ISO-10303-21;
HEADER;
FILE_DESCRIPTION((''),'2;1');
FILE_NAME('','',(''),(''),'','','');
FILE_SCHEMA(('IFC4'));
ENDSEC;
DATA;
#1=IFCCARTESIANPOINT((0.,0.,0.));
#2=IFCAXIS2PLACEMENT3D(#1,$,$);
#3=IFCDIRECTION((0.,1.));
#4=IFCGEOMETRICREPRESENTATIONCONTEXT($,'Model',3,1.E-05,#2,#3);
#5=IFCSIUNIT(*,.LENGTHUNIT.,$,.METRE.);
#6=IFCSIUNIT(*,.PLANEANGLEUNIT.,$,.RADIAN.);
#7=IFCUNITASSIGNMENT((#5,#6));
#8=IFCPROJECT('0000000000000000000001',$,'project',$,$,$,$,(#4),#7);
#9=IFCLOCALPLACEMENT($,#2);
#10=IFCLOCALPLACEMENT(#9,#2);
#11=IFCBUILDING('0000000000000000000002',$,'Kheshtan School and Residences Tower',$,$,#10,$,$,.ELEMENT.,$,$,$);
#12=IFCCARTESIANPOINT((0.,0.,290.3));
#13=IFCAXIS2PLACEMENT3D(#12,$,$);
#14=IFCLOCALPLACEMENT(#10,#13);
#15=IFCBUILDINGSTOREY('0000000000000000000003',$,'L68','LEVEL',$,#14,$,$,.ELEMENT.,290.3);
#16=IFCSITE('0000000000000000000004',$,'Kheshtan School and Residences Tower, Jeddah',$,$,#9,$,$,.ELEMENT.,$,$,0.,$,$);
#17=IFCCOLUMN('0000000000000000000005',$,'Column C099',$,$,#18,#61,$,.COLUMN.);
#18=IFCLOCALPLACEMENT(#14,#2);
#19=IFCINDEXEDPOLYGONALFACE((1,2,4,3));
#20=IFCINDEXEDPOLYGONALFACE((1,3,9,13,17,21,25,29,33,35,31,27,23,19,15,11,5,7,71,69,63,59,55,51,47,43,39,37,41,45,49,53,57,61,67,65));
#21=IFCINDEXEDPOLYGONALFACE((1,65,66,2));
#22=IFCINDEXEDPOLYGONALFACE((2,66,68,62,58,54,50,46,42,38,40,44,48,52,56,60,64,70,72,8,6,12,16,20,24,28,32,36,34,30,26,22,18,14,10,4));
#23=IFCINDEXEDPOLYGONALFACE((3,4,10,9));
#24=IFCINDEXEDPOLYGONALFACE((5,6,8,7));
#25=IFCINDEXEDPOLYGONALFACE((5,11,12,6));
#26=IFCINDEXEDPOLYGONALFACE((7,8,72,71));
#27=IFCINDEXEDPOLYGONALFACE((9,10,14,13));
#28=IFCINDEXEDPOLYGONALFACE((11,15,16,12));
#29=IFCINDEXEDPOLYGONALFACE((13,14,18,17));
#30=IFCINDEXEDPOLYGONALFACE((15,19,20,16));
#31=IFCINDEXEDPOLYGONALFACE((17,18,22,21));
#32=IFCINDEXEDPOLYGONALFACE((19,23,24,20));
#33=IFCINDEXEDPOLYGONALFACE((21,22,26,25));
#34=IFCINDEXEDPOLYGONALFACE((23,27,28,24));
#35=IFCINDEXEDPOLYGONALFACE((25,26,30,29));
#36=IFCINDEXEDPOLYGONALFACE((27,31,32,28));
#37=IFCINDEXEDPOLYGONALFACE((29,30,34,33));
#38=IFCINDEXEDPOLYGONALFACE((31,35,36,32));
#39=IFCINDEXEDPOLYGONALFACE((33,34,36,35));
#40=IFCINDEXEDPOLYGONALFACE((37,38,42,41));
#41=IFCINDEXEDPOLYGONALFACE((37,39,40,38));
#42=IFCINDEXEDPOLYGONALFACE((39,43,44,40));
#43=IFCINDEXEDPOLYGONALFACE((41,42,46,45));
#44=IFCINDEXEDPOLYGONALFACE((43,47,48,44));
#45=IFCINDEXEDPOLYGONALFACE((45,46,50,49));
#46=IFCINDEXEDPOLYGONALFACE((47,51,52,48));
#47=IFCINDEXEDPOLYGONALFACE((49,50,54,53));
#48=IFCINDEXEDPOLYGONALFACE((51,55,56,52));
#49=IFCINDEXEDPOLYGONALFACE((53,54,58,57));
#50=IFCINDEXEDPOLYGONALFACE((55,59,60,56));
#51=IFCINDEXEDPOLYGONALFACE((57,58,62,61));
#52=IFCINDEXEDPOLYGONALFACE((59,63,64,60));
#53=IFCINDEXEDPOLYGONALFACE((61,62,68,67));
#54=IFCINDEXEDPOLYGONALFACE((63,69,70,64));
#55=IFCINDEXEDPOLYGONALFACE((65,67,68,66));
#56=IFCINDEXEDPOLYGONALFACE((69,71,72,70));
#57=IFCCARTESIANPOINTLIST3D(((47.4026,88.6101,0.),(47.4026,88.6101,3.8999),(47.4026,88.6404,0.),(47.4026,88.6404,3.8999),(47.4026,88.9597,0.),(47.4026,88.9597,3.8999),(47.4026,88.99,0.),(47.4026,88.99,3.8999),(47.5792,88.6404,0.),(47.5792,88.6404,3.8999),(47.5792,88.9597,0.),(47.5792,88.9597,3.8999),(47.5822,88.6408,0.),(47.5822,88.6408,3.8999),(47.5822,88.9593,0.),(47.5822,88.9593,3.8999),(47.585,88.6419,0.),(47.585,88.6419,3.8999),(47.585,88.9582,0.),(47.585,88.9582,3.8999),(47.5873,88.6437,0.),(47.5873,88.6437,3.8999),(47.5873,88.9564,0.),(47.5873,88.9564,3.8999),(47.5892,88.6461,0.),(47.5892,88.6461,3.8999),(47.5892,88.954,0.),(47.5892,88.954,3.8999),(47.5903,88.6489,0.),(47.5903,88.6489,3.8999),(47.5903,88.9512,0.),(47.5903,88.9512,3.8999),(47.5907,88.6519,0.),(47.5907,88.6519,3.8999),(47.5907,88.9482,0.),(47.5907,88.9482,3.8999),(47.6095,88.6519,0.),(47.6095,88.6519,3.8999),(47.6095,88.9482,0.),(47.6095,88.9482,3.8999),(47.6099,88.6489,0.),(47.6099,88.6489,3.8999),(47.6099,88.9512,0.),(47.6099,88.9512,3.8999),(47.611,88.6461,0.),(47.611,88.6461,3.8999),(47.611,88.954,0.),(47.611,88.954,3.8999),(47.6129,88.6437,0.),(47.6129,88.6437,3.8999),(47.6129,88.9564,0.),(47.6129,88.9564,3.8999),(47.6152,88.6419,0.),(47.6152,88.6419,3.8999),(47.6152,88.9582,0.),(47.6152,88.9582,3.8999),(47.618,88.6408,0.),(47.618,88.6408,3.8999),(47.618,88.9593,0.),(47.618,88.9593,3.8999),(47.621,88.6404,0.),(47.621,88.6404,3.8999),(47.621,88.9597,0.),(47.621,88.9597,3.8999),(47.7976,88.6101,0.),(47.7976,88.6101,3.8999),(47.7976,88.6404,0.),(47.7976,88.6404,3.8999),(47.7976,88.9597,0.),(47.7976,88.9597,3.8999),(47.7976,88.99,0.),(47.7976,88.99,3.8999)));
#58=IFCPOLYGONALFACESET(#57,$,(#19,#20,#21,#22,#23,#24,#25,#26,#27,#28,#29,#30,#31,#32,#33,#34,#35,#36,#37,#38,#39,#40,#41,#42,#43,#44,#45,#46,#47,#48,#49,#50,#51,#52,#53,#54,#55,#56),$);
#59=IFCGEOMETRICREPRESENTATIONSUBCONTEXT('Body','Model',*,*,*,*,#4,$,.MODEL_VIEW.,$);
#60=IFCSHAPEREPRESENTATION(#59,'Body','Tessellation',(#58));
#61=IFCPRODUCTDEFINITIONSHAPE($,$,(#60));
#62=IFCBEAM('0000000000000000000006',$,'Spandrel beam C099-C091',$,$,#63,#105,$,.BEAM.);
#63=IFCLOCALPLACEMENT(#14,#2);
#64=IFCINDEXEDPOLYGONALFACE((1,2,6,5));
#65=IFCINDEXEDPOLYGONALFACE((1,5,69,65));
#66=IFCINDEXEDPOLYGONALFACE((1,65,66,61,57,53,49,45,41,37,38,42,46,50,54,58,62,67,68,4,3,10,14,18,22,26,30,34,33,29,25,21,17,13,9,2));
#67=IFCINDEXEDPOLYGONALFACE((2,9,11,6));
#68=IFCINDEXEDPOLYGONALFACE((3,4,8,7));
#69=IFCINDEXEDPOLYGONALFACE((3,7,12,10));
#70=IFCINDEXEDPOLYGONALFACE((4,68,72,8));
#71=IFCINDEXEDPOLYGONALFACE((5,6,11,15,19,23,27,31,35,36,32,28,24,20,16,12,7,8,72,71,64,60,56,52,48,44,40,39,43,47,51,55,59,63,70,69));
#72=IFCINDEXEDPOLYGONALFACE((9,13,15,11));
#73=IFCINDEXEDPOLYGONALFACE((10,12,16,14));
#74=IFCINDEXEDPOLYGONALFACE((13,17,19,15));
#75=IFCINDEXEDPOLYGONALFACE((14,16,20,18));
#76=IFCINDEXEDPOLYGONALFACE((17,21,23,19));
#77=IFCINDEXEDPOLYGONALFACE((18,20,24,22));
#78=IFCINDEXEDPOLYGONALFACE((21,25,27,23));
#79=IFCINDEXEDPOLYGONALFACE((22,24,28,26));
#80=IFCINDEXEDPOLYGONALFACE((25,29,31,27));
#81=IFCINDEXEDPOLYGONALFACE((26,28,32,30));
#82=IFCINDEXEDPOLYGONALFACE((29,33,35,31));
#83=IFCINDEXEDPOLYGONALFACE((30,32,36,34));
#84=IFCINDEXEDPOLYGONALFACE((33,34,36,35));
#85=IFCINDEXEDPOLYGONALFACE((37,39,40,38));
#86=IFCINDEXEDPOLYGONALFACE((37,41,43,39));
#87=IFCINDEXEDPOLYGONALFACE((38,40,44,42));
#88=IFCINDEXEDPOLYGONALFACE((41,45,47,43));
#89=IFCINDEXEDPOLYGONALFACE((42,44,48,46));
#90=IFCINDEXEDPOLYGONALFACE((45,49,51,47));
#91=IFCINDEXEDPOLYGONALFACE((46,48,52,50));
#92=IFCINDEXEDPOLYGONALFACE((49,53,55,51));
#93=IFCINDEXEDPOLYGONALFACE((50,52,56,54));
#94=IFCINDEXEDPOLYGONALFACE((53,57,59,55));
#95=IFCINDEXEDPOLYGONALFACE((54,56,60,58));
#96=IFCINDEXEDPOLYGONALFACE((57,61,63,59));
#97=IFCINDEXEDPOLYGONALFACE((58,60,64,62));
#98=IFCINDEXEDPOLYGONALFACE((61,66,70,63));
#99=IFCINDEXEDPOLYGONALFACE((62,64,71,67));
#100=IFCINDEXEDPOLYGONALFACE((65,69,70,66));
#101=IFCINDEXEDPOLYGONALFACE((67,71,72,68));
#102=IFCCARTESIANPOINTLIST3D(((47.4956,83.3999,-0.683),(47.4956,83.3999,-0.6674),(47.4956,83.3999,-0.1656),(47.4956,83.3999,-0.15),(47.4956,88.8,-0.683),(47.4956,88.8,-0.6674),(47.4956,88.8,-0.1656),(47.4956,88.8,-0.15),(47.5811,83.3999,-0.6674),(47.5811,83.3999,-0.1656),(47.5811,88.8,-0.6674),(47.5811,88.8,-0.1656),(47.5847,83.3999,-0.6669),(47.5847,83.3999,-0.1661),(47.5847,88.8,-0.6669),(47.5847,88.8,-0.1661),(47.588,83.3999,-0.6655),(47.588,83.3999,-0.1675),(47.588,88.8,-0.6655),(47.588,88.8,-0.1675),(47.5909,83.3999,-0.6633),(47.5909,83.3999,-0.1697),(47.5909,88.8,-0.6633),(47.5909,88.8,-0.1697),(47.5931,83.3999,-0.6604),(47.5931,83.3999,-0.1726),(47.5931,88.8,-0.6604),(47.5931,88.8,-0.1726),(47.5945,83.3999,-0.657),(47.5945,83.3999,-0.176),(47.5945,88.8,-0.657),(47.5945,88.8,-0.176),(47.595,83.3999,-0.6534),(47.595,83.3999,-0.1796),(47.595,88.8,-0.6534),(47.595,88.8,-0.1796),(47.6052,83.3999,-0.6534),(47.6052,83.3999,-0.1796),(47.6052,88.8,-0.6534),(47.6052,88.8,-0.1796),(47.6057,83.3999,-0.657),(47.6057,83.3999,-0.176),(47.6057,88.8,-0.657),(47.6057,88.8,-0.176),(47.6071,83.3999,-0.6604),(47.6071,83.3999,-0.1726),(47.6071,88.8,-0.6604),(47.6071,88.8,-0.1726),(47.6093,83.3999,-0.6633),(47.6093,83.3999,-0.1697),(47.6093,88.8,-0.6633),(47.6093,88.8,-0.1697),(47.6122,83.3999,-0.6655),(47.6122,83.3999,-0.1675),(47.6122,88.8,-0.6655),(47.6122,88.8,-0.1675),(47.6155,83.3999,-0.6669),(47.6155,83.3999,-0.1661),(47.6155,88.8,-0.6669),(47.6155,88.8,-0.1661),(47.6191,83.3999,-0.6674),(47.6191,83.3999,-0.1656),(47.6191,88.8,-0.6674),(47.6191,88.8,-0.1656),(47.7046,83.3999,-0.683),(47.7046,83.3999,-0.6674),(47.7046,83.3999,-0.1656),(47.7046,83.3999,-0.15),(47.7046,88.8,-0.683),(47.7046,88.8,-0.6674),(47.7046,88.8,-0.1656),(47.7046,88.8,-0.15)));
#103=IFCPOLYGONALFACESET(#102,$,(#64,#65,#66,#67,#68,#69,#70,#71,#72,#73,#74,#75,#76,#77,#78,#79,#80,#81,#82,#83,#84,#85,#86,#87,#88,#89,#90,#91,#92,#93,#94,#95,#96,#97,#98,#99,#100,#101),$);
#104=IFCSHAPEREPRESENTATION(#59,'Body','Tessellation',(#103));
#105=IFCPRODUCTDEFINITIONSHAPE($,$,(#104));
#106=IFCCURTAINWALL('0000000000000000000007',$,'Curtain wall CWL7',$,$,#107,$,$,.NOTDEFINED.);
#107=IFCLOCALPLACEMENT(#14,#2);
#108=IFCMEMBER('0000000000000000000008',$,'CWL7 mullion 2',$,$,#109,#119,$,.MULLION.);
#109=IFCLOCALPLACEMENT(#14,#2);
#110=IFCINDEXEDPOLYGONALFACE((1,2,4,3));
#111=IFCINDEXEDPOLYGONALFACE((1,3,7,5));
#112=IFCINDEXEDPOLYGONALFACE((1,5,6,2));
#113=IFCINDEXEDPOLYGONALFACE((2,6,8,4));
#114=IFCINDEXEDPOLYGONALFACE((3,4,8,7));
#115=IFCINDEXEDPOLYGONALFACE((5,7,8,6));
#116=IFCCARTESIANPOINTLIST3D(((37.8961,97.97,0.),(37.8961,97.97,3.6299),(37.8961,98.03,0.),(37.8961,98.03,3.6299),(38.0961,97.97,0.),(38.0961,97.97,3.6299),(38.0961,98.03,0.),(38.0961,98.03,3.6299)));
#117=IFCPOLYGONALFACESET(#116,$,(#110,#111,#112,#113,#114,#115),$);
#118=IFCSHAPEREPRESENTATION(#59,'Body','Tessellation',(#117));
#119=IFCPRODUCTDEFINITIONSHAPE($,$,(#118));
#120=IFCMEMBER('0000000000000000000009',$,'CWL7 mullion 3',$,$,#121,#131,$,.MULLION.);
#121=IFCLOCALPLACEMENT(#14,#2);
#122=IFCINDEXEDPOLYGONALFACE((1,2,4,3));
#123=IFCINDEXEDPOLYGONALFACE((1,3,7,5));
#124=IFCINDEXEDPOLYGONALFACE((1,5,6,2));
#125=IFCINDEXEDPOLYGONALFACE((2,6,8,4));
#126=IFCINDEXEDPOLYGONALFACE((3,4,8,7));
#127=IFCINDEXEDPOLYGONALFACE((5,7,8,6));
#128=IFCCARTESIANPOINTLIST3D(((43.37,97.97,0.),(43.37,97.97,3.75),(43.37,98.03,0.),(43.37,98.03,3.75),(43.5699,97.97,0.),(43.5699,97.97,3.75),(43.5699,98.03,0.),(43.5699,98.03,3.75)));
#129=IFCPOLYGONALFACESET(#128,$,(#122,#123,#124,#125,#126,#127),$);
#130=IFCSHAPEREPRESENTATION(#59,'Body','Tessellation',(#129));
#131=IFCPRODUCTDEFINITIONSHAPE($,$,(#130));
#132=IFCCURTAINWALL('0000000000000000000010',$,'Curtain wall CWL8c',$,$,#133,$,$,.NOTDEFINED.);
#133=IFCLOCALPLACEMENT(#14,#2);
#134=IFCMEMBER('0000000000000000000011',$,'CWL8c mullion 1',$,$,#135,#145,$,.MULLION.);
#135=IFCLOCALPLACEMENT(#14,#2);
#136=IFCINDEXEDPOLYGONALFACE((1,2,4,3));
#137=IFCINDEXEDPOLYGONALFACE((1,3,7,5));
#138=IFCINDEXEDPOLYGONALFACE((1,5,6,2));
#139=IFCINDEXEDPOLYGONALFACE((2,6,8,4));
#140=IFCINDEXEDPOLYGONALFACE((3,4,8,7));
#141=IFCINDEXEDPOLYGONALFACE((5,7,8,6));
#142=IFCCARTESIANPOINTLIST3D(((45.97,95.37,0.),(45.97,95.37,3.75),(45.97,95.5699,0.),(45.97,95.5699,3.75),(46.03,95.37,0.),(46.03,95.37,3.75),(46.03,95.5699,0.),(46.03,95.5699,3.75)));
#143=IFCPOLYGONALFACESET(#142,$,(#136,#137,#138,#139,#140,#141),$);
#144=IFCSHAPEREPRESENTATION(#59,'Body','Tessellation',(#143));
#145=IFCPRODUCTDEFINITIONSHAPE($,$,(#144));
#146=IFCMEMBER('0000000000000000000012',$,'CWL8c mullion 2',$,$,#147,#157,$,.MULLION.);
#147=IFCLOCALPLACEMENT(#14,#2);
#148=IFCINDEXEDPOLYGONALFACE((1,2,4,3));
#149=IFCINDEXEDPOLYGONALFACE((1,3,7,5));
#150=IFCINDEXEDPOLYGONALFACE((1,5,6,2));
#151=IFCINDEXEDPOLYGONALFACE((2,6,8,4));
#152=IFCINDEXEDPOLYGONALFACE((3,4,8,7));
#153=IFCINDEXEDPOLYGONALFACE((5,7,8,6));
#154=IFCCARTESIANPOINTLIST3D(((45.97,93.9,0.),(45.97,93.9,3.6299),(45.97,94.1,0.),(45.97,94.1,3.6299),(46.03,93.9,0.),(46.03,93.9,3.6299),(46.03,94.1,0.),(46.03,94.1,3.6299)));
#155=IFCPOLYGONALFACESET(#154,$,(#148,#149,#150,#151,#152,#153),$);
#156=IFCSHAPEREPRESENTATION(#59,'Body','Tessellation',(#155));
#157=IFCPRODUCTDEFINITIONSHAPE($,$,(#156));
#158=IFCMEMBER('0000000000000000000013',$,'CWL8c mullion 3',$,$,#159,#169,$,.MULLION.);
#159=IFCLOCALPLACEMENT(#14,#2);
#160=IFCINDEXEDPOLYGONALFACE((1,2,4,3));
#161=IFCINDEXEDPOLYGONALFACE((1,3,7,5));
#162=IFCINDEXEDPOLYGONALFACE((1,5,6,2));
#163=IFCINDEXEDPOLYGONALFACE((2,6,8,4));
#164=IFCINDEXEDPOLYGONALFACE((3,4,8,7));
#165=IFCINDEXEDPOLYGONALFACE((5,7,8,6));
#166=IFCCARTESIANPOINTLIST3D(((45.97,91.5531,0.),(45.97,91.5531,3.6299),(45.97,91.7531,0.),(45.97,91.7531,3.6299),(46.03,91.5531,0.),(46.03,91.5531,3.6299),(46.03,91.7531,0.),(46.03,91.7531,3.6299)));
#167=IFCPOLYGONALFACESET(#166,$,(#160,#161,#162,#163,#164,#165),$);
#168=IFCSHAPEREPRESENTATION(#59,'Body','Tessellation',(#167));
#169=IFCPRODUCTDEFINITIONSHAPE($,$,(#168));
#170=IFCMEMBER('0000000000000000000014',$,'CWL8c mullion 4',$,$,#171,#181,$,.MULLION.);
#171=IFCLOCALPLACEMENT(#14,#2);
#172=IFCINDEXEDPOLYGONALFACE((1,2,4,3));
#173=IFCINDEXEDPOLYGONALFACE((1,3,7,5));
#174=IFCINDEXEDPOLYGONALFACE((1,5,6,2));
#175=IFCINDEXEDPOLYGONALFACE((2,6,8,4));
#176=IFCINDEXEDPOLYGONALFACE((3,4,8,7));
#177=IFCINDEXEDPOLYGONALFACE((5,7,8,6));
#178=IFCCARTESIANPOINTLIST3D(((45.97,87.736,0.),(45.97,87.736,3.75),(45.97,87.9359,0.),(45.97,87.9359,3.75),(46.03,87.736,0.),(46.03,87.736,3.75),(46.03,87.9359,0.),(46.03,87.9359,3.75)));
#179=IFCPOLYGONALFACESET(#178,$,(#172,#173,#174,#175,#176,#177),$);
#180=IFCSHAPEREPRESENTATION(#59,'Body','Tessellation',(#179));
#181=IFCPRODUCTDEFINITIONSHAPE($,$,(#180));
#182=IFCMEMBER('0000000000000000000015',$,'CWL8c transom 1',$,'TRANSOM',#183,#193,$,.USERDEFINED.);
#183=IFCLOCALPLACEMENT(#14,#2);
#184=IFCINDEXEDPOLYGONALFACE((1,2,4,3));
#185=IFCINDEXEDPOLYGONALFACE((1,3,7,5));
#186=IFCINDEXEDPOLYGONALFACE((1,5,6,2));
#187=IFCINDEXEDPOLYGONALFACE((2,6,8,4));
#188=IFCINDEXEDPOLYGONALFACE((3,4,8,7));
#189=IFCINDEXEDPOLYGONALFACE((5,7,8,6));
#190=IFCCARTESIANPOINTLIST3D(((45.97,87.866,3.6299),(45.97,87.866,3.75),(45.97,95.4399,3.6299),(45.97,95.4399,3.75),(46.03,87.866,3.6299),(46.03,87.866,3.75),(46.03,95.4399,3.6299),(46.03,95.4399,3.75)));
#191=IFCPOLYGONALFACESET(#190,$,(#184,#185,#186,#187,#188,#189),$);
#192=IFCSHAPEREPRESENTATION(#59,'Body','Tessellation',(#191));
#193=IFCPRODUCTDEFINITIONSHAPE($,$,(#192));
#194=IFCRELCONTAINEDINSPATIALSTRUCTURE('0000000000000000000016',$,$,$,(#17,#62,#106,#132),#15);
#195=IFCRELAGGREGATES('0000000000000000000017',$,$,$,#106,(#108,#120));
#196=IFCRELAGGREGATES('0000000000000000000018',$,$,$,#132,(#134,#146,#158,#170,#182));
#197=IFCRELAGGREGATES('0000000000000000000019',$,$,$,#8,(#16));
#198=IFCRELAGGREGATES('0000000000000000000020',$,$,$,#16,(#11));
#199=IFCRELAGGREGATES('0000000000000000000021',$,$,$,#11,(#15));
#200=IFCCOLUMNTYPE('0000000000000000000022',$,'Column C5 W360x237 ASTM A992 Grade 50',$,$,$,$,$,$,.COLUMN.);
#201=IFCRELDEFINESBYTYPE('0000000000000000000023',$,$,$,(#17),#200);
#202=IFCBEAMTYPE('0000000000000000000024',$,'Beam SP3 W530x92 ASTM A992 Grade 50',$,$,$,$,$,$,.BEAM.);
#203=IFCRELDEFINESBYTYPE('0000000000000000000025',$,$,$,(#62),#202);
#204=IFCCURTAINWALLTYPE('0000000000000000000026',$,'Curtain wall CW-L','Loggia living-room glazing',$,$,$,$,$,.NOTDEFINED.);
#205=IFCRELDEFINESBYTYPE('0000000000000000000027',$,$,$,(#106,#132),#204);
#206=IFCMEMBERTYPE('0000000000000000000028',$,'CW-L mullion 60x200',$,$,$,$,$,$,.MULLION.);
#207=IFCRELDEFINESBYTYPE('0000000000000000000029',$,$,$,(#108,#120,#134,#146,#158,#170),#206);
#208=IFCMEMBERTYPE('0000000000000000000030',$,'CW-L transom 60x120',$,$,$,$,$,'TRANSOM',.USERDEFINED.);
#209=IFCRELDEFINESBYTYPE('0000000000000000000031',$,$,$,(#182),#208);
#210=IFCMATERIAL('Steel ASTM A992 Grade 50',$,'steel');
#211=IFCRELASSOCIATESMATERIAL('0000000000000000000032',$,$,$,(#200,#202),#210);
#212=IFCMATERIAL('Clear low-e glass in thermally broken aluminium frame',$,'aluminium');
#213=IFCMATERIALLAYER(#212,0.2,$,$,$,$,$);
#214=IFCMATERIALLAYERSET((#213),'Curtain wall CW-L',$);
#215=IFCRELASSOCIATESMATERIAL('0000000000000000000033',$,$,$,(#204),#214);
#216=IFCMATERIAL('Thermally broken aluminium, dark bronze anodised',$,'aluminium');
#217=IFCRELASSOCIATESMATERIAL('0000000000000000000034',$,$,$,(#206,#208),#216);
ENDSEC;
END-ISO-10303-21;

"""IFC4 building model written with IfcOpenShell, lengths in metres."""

from ifc_helpers import new_model, si_unit, direction, frame, origin, origin_2d, place, context, subcontext, project, spatial, rectangle, i_section, extrude, material, layer, layer_set, material_profile, profile_set, type_object, element, aggregate, save


model = new_model("IFC4")

# Units and contexts
model_context = context("Model", 3, precision=1e-05, world=origin(), true_north=direction((0.0, 1.0)))
body_context = subcontext(model_context, "Body", "Model", "MODEL_VIEW")
ifc_project = project(units=[si_unit("LENGTHUNIT", "METRE"), si_unit("PLANEANGLEUNIT", "RADIAN")], contexts=[model_context])

# Site, building, storey
site_placement = place(None, origin())
site = spatial("IfcSite", under=ifc_project, at=site_placement, Name="Kheshtan School and Residences Tower, Jeddah", CompositionType="ELEMENT", RefElevation=0.0)
building_placement = place(site_placement, origin())
building = spatial("IfcBuilding", under=site, at=building_placement, Name="Kheshtan School and Residences Tower", CompositionType="ELEMENT")
storey_placement = place(building_placement, frame((0.0, 0.0, 290.3)))
storey = spatial("IfcBuildingStorey", under=building, at=storey_placement, Name="L68", Description="LEVEL", CompositionType="ELEMENT", Elevation=290.3)

# Column
ifc_material_1 = material(Name="Steel ASTM A992 Grade 50", Category="steel")
ifc_material_profile_1 = material_profile(ifc_material_1, i_section(OverallWidth=0.395, OverallDepth=0.3799, WebThickness=0.0188, FlangeThickness=0.0303, FilletRadius=0.0115, at=origin_2d()), Name="W360x237")
ifc_profile_set_1 = profile_set([ifc_material_profile_1], Name="Steel ASTM A992 Grade 50")
column_type = type_object("IfcColumnType", Name="Column C5 W360x237 ASTM A992 Grade 50", PredefinedType="COLUMN", material=ifc_profile_set_1)
column_placement = place(storey_placement, frame((47.6001, 88.8, 0.0), z_axis=(0.0, 0.0, 1.0), x_axis=(1.0, 0.0, 0.0)))
element("IfcColumn", 1, at=column_placement, inside=storey, type_object=column_type, Name="Column C099", PredefinedType="COLUMN", context=body_context, shape_type="SweptSolid", body=[
    extrude(i_section(OverallWidth=0.395, OverallDepth=0.3799, WebThickness=0.0188, FlangeThickness=0.0303, FilletRadius=0.0115, at=origin_2d()), origin(), (0.0, 0.0, 1.0), 3.8999),
])

# Beam
ifc_material_profile_2 = material_profile(ifc_material_1, i_section(OverallWidth=0.209, OverallDepth=0.533, WebThickness=0.0103, FlangeThickness=0.0156, FilletRadius=0.0139, at=origin_2d()), Name="W530x92")
ifc_profile_set_2 = profile_set([ifc_material_profile_2], Name="Steel ASTM A992 Grade 50")
beam_type = type_object("IfcBeamType", Name="Beam SP3 W530x92 ASTM A992 Grade 50", PredefinedType="BEAM", material=ifc_profile_set_2)
beam_placement = place(storey_placement, frame((47.6001, 88.8, -0.4165), z_axis=(0.0, -1.0, 0.0), x_axis=(1.0, 0.0, 0.0)))
element("IfcBeam", 2, at=beam_placement, inside=storey, type_object=beam_type, Name="Spandrel beam C099-C091", PredefinedType="BEAM", context=body_context, shape_type="SweptSolid", body=[
    extrude(i_section(OverallWidth=0.209, OverallDepth=0.533, WebThickness=0.0103, FlangeThickness=0.0156, FilletRadius=0.0139, at=origin_2d()), origin(), (0.0, 0.0, 1.0), 5.4001),
])

# Curtain walls, members
ifc_material_2 = material(Name="Clear low-e glass in thermally broken aluminium frame", Category="aluminium")
ifc_layer_1 = layer(ifc_material_2, 0.2)
ifc_layer_set_1 = layer_set([ifc_layer_1], Name="Curtain wall CW-L")
curtain_wall_type = type_object("IfcCurtainWallType", Name="Curtain wall CW-L", Description="Loggia living-room glazing", PredefinedType="NOTDEFINED", material=ifc_layer_set_1)
curtain_wall_1_placement = place(storey_placement, origin())
curtain_wall_1 = element("IfcCurtainWall", 3, at=curtain_wall_1_placement, inside=storey, type_object=curtain_wall_type, Name="Curtain wall CWL7", PredefinedType="NOTDEFINED")
ifc_material_3 = material(Name="Thermally broken aluminium, dark bronze anodised", Category="aluminium")
ifc_material_profile_3 = material_profile(ifc_material_3, rectangle(XDim=0.0601, YDim=0.2, at=origin_2d()), Name="CW-L mullion 60x200")
ifc_profile_set_3 = profile_set([ifc_material_profile_3], Name="Thermally broken aluminium, dark bronze anodised")
member_type_1 = type_object("IfcMemberType", Name="CW-L mullion 60x200", PredefinedType="MULLION", material=ifc_profile_set_3)
member_1_placement = place(storey_placement, frame((37.9961, 98.0, 0.0), z_axis=(0.0, 0.0, 1.0), x_axis=(0.0, 1.0, 0.0)))
member_1 = element("IfcMember", 4, at=member_1_placement, type_object=member_type_1, Name="CWL7 mullion 2", PredefinedType="MULLION", context=body_context, shape_type="SweptSolid", body=[
    extrude(rectangle(XDim=0.0601, YDim=0.2, at=origin_2d()), origin(), (0.0, 0.0, 1.0), 3.6299),
])
member_2_placement = place(storey_placement, frame((43.47, 98.0, 0.0), z_axis=(0.0, 0.0, 1.0), x_axis=(0.0, 1.0, 0.0)))
member_2 = element("IfcMember", 5, at=member_2_placement, type_object=member_type_1, Name="CWL7 mullion 3", PredefinedType="MULLION", context=body_context, shape_type="SweptSolid", body=[
    extrude(rectangle(XDim=0.0601, YDim=0.2, at=origin_2d()), origin(), (0.0, 0.0, 1.0), 3.75),
])
curtain_wall_2_placement = place(storey_placement, origin())
curtain_wall_2 = element("IfcCurtainWall", 6, at=curtain_wall_2_placement, inside=storey, type_object=curtain_wall_type, Name="Curtain wall CWL8c", PredefinedType="NOTDEFINED")
member_3_placement = place(storey_placement, frame((46.0, 95.47, 0.0), z_axis=(0.0, 0.0, 1.0), x_axis=(1.0, 0.0, 0.0)))
member_3 = element("IfcMember", 7, at=member_3_placement, type_object=member_type_1, Name="CWL8c mullion 1", PredefinedType="MULLION", context=body_context, shape_type="SweptSolid", body=[
    extrude(rectangle(XDim=0.0601, YDim=0.2, at=origin_2d()), origin(), (0.0, 0.0, 1.0), 3.75),
])
member_4_placement = place(storey_placement, frame((46.0, 94.0, 0.0), z_axis=(0.0, 0.0, 1.0), x_axis=(1.0, 0.0, 0.0)))
member_4 = element("IfcMember", 8, at=member_4_placement, type_object=member_type_1, Name="CWL8c mullion 2", PredefinedType="MULLION", context=body_context, shape_type="SweptSolid", body=[
    extrude(rectangle(XDim=0.0601, YDim=0.2, at=origin_2d()), origin(), (0.0, 0.0, 1.0), 3.6299),
])
member_5_placement = place(storey_placement, frame((46.0, 91.6531, 0.0), z_axis=(0.0, 0.0, 1.0), x_axis=(1.0, 0.0, 0.0)))
member_5 = element("IfcMember", 9, at=member_5_placement, type_object=member_type_1, Name="CWL8c mullion 3", PredefinedType="MULLION", context=body_context, shape_type="SweptSolid", body=[
    extrude(rectangle(XDim=0.0601, YDim=0.2, at=origin_2d()), origin(), (0.0, 0.0, 1.0), 3.6299),
])
member_6_placement = place(storey_placement, frame((46.0, 87.8359, 0.0), z_axis=(0.0, 0.0, 1.0), x_axis=(1.0, 0.0, 0.0)))
member_6 = element("IfcMember", 10, at=member_6_placement, type_object=member_type_1, Name="CWL8c mullion 4", PredefinedType="MULLION", context=body_context, shape_type="SweptSolid", body=[
    extrude(rectangle(XDim=0.0601, YDim=0.2, at=origin_2d()), origin(), (0.0, 0.0, 1.0), 3.75),
])
ifc_material_profile_4 = material_profile(ifc_material_3, rectangle(XDim=0.0601, YDim=0.1201, at=origin_2d()), Name="CW-L transom 60x120")
ifc_profile_set_4 = profile_set([ifc_material_profile_4], Name="Thermally broken aluminium, dark bronze anodised")
member_type_2 = type_object("IfcMemberType", Name="CW-L transom 60x120", ElementType="TRANSOM", PredefinedType="USERDEFINED", material=ifc_profile_set_4)
member_7_placement = place(storey_placement, frame((46.0, 95.4399, 3.6899), z_axis=(0.0, -1.0, 0.0), x_axis=(1.0, 0.0, 0.0)))
member_7 = element("IfcMember", 11, at=member_7_placement, type_object=member_type_2, Name="CWL8c transom 1", ObjectType="TRANSOM", PredefinedType="USERDEFINED", context=body_context, shape_type="SweptSolid", body=[
    extrude(rectangle(XDim=0.0601, YDim=0.1201, at=origin_2d()), origin(), (0.0, 0.0, 1.0), 7.574),
])

aggregate(curtain_wall_1, [member_1, member_2])
aggregate(curtain_wall_2, [member_3, member_4, member_5, member_6, member_7])

save(model, "model.ifc")
